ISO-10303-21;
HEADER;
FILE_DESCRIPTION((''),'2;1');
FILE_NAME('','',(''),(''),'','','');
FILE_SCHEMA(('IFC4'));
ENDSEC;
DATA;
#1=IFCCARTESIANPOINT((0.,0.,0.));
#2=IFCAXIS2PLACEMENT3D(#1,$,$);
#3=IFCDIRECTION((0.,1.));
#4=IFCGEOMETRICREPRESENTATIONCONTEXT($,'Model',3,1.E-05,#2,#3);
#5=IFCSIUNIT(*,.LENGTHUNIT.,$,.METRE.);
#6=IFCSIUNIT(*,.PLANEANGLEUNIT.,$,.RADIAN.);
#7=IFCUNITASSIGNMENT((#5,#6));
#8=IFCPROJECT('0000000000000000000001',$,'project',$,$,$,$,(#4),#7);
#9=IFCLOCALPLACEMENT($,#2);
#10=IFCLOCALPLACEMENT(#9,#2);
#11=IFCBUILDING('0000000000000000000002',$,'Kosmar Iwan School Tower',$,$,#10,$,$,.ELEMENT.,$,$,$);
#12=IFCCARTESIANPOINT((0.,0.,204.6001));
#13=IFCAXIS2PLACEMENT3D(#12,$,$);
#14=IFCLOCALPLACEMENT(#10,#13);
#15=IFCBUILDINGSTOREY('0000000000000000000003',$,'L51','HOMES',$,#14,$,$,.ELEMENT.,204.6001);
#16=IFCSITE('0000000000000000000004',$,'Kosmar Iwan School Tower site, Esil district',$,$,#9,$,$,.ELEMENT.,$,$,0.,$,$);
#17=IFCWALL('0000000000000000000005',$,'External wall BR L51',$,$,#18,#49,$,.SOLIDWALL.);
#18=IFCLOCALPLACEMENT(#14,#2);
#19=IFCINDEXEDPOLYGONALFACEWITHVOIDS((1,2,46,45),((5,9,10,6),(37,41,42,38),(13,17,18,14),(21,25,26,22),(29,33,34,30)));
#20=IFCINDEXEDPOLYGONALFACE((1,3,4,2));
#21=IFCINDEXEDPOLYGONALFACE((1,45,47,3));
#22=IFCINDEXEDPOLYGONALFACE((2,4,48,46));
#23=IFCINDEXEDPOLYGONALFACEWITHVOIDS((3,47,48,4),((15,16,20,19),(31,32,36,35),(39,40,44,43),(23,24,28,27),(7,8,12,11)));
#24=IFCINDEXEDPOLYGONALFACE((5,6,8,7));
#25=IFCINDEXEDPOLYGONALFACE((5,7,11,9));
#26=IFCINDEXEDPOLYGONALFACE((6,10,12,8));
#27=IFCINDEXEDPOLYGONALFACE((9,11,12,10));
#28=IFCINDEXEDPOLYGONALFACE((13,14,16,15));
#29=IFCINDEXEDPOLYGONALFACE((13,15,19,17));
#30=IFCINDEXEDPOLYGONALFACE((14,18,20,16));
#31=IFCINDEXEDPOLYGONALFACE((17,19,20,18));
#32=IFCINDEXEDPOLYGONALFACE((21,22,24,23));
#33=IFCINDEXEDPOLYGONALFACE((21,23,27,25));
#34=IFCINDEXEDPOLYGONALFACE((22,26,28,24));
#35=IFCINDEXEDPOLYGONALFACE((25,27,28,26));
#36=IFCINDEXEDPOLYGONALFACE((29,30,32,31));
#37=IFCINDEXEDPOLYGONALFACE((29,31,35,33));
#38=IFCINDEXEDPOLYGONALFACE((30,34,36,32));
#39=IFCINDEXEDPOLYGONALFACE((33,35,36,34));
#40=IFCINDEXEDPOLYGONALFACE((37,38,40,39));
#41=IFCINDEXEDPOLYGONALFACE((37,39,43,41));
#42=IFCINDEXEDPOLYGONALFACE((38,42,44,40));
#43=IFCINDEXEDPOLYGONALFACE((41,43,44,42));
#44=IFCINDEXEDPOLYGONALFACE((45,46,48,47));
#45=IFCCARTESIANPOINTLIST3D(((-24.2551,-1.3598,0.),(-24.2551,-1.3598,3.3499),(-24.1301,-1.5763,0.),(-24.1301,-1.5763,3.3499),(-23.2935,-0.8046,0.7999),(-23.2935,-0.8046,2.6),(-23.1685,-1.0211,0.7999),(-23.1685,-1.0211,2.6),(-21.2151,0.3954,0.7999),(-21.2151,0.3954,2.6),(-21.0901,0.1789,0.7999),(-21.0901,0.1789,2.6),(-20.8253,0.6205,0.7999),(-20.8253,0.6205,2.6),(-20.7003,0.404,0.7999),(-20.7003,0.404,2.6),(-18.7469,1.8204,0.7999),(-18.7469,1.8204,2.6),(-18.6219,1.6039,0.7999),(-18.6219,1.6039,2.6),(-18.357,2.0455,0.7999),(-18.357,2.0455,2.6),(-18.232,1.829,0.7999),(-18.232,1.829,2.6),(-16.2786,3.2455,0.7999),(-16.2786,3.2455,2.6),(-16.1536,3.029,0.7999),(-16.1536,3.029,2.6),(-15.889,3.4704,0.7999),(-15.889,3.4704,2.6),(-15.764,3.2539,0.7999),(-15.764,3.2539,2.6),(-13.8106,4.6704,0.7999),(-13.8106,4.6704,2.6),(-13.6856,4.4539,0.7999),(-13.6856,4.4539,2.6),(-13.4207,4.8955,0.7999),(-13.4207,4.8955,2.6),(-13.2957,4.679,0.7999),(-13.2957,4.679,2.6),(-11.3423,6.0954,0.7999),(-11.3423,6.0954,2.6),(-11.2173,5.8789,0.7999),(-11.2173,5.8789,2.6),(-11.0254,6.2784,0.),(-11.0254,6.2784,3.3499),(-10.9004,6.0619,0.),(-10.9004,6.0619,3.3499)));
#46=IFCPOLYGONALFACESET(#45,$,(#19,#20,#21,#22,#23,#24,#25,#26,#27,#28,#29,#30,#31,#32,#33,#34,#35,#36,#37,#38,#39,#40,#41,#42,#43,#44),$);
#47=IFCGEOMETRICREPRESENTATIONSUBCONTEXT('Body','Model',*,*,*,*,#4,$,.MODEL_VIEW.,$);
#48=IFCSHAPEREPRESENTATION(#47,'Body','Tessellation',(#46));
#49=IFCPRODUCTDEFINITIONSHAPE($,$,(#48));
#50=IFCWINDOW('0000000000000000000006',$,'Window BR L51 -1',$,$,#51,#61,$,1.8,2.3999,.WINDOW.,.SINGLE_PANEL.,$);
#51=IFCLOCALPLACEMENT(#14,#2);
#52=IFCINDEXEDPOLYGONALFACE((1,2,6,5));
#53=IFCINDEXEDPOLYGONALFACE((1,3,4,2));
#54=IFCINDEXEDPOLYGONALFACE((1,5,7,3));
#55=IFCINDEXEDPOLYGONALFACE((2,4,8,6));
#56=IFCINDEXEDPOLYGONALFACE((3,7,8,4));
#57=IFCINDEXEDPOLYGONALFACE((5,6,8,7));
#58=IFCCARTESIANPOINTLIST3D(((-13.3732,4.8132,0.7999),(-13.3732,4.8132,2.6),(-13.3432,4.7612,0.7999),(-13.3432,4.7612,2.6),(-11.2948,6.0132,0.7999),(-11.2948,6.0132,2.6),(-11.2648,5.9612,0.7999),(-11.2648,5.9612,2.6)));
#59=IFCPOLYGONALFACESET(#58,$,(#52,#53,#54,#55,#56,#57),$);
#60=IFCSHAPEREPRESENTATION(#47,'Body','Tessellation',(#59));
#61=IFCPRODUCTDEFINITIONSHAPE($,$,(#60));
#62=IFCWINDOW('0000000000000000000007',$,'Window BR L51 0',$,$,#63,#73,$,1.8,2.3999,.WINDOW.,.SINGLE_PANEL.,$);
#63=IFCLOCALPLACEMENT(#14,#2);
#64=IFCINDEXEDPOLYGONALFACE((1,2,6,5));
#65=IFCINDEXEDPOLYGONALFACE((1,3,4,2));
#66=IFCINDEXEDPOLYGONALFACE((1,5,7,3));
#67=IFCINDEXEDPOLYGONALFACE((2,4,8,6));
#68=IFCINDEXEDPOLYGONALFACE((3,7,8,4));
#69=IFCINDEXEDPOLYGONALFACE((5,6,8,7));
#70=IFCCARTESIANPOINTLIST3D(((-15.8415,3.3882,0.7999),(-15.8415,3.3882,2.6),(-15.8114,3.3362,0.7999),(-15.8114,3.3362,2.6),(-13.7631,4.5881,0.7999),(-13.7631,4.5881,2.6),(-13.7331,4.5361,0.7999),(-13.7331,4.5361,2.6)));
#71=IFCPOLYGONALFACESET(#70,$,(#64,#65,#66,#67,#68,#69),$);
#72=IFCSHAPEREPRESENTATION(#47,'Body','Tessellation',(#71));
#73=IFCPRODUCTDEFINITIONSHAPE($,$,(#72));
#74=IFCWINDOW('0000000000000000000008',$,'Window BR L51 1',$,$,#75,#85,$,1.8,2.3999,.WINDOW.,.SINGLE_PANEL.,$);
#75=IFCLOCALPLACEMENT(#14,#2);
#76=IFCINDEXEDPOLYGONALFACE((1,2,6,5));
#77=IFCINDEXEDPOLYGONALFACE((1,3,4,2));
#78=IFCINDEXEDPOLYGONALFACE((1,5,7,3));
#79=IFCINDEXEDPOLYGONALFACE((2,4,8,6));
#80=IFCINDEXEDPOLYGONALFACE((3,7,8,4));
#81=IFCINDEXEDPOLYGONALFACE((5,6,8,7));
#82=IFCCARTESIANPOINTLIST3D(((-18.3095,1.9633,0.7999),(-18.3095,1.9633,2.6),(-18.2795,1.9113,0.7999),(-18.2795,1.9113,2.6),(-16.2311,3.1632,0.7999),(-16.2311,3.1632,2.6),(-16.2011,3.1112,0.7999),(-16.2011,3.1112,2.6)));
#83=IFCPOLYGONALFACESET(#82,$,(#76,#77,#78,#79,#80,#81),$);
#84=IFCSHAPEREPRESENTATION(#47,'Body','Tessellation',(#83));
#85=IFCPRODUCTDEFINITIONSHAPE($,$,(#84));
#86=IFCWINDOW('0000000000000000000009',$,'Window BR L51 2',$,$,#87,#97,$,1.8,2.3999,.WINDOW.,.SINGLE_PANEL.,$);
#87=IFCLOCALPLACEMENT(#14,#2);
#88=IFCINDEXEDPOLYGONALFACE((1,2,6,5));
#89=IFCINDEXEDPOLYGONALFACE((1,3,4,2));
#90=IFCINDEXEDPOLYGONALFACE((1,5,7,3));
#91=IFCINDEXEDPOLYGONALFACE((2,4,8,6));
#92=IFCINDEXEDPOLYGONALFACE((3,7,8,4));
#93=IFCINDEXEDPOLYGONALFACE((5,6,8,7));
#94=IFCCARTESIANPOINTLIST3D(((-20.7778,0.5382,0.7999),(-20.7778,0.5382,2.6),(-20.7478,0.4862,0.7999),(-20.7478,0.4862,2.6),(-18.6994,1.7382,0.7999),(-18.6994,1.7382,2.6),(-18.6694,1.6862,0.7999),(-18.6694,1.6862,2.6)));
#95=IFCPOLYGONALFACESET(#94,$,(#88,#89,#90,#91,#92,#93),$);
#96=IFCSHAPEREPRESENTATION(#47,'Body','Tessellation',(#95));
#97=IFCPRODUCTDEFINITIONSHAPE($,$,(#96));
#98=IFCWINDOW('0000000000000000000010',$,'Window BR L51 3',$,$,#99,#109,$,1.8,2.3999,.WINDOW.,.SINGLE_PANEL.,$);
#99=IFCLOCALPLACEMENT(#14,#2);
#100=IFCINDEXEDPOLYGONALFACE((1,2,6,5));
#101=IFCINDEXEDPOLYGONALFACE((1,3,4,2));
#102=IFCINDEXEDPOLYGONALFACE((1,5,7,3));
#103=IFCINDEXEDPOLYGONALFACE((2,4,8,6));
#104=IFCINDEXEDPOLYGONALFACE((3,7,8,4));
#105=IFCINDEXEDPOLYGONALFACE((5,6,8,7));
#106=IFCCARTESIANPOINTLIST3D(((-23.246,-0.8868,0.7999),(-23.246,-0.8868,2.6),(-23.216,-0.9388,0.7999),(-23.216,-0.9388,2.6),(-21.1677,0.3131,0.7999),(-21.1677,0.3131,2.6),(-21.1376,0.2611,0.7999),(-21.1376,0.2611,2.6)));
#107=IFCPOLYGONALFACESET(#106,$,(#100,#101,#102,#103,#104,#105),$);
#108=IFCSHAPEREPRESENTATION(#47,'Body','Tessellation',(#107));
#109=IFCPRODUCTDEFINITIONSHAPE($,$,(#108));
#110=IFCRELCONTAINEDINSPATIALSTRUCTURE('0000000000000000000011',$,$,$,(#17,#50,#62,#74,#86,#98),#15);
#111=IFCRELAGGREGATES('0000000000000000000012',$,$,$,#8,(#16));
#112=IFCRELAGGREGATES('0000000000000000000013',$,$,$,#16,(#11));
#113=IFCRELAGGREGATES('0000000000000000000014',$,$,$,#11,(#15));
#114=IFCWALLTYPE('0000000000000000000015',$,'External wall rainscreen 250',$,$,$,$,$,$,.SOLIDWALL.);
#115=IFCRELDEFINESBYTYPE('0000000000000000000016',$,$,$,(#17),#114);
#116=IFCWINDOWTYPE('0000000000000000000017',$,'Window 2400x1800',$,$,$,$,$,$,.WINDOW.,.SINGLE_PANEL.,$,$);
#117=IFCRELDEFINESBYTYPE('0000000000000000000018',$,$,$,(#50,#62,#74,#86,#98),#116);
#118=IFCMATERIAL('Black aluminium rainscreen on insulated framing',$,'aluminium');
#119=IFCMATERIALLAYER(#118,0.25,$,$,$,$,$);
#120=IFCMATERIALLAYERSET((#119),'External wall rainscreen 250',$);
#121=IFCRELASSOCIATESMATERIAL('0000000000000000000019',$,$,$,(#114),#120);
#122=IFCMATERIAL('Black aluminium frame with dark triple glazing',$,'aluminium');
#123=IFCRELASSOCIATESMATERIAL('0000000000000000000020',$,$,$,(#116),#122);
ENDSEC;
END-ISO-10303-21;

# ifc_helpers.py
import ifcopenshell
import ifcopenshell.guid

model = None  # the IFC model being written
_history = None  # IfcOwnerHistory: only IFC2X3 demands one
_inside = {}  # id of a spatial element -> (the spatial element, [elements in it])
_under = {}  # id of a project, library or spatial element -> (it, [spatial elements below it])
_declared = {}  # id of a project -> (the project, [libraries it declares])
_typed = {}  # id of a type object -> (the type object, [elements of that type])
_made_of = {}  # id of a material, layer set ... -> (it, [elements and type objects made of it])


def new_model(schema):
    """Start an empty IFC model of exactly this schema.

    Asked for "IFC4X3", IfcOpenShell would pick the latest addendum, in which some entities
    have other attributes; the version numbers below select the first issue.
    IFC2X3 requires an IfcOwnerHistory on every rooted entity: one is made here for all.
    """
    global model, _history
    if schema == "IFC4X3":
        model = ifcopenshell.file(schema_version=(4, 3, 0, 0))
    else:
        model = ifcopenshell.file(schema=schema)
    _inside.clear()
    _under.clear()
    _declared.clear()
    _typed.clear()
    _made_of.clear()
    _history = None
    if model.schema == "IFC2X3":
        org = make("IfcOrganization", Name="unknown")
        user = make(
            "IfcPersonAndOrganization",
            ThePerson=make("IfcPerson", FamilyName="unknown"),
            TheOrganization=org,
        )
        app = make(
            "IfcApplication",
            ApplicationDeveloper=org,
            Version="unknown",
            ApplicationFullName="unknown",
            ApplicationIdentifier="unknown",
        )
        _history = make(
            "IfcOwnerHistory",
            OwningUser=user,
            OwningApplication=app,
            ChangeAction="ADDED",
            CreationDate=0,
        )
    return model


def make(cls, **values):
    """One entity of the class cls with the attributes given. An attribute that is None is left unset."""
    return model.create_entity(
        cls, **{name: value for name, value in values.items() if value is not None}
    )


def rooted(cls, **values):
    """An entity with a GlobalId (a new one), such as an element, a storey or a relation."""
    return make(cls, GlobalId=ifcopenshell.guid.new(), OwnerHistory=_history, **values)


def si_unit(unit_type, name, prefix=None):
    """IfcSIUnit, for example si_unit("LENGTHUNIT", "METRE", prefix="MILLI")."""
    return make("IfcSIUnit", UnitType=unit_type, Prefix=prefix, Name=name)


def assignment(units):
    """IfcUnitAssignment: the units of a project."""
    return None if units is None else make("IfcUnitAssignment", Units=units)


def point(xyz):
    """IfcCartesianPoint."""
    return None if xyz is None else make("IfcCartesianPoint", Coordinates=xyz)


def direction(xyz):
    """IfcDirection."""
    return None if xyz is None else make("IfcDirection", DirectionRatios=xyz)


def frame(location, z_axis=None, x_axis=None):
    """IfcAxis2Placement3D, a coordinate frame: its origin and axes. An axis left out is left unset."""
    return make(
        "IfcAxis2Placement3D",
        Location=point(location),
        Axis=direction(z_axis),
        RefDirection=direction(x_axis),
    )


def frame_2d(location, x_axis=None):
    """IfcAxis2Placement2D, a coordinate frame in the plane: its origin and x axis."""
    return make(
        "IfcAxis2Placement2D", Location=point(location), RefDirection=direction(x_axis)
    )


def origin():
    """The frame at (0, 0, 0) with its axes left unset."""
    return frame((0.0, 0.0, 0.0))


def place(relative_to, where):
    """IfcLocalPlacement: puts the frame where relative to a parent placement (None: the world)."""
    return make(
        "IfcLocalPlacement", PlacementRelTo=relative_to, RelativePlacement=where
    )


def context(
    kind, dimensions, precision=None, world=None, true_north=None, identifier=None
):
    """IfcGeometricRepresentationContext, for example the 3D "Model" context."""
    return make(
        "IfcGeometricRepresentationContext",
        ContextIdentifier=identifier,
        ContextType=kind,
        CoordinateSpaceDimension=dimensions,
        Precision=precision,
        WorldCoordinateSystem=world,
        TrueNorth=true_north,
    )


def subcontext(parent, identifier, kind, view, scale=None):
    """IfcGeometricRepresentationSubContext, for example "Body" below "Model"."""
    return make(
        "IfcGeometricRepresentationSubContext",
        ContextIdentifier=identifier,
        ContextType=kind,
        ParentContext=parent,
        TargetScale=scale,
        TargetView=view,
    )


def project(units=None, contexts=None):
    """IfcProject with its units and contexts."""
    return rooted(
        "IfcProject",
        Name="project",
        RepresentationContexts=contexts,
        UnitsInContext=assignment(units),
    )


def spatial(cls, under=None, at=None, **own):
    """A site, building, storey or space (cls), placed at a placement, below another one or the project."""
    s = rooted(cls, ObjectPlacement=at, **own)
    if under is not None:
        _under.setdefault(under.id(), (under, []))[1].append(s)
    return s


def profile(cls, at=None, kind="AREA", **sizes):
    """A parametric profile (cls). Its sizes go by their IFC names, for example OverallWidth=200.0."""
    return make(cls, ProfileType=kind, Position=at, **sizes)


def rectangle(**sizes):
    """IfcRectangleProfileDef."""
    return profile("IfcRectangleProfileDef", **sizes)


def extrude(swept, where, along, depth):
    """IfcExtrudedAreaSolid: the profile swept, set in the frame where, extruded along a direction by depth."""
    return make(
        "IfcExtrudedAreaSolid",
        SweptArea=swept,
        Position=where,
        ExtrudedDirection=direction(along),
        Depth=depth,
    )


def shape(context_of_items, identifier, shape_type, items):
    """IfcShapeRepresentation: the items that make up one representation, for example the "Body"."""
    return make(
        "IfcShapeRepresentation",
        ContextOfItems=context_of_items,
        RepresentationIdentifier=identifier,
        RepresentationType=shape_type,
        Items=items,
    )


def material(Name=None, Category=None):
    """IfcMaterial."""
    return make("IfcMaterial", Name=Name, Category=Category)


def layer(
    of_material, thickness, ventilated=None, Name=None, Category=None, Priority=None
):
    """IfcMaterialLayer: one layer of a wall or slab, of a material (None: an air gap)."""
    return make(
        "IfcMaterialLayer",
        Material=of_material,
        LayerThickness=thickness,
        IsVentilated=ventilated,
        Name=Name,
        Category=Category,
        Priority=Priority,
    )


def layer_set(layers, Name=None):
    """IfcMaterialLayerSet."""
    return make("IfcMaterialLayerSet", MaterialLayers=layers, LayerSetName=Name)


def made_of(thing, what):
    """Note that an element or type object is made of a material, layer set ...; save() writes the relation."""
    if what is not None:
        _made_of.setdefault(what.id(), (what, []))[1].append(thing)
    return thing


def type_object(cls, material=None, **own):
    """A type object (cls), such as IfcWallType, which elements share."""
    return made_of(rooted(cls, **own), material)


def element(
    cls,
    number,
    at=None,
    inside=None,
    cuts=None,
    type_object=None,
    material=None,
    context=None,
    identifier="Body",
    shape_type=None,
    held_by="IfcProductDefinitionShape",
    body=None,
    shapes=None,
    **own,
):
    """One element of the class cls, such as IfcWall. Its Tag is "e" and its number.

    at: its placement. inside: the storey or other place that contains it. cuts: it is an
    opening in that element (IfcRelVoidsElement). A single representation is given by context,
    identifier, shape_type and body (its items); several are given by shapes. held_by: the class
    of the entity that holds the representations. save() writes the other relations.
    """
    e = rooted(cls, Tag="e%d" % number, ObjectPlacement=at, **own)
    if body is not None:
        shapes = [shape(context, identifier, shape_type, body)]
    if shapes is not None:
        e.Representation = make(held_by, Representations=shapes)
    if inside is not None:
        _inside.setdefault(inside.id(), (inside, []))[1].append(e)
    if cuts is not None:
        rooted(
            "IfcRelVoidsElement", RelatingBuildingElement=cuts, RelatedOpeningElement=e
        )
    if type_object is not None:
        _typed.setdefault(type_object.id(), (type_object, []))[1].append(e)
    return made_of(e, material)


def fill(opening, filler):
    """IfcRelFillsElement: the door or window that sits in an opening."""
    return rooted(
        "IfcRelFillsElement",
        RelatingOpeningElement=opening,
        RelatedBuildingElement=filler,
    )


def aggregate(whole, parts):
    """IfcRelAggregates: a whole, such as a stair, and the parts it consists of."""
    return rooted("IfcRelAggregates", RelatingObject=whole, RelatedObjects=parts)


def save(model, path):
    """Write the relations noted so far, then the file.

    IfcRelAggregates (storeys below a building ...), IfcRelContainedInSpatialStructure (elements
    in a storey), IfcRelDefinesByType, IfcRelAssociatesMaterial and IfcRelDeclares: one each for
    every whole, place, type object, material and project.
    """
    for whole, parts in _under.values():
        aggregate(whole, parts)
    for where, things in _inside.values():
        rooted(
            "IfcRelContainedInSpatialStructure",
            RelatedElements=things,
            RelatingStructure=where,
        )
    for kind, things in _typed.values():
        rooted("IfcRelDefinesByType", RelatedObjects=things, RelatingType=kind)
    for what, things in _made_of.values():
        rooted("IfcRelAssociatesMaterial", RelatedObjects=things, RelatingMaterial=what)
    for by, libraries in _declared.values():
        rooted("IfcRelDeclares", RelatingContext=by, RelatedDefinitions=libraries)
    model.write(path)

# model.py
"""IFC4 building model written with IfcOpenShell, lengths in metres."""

from ifc_helpers import new_model, si_unit, direction, frame, frame_2d, origin, place, context, subcontext, project, spatial, rectangle, extrude, material, layer, layer_set, type_object, element, fill, save


model = new_model("IFC4")

# Units and contexts
model_context = context("Model", 3, precision=1e-05, world=origin(), true_north=direction((0.0, 1.0)))
body_context = subcontext(model_context, "Body", "Model", "MODEL_VIEW")
ifc_project = project(units=[si_unit("LENGTHUNIT", "METRE"), si_unit("PLANEANGLEUNIT", "RADIAN")], contexts=[model_context])

# Site, building, storey
site_placement = place(None, origin())
site = spatial("IfcSite", under=ifc_project, at=site_placement, Name="Kosmar Iwan School Tower site, Esil district", CompositionType="ELEMENT", RefElevation=0.0)
building_placement = place(site_placement, origin())
building = spatial("IfcBuilding", under=site, at=building_placement, Name="Kosmar Iwan School Tower", CompositionType="ELEMENT")
storey_placement = place(building_placement, frame((0.0, 0.0, 204.6001)))
storey = spatial("IfcBuildingStorey", under=building, at=storey_placement, Name="L51", Description="HOMES", CompositionType="ELEMENT", Elevation=204.6001)

# Wall, openings, windows
ifc_material_1 = material(Name="Black aluminium rainscreen on insulated framing", Category="aluminium")
ifc_layer_1 = layer(ifc_material_1, 0.25)
ifc_layer_set_1 = layer_set([ifc_layer_1], Name="External wall rainscreen 250")
wall_type_1 = type_object("IfcWallType", Name="External wall rainscreen 250", PredefinedType="SOLIDWALL", material=ifc_layer_set_1)
ifc_material_2 = material(Name="Black aluminium frame with dark triple glazing", Category="aluminium")
window_type = type_object("IfcWindowType", Name="Window 2400x1800", PartitioningType="SINGLE_PANEL", PredefinedType="WINDOW", material=ifc_material_2)
wall_1_placement = place(storey_placement, frame((-10.9629, 6.1702, 0.0), z_axis=(0.0, 0.0, 1.0), x_axis=(-0.866026, -0.5, 0.0)))
wall_1 = element("IfcWall", 1, at=wall_1_placement, inside=storey, type_object=wall_type_1, Name="External wall BR L51", PredefinedType="SOLIDWALL", context=body_context, shape_type="SweptSolid", body=[
    extrude(rectangle(XDim=15.2764, YDim=0.25, at=frame_2d((7.6382, 0.0))), origin(), (0.0, 0.0, 1.0), 3.3499),
])
opening_1_placement = place(wall_1_placement, frame((0.366, 0.0, 0.8)))
opening_1 = element("IfcOpeningElement", 2, at=opening_1_placement, cuts=wall_1, PredefinedType="OPENING", context=body_context, shape_type="SweptSolid", body=[
    extrude(rectangle(XDim=2.3999, YDim=1.8, at=frame_2d((1.2, 0.8999))), frame((0.0, 0.137, 0.0), z_axis=(0.0, -1.0, 0.0), x_axis=(1.0, 0.0, 0.0)), (0.0, 0.0, 1.0), 0.2739),
])
opening_2_placement = place(wall_1_placement, frame((3.2161, 0.0, 0.8)))
opening_2 = element("IfcOpeningElement", 3, at=opening_2_placement, cuts=wall_1, PredefinedType="OPENING", context=body_context, shape_type="SweptSolid", body=[
    extrude(rectangle(XDim=2.3999, YDim=1.8, at=frame_2d((1.2, 0.8999))), frame((0.0, 0.137, 0.0), z_axis=(0.0, -1.0, 0.0), x_axis=(1.0, 0.0, 0.0)), (0.0, 0.0, 1.0), 0.2739),
])
opening_3_placement = place(wall_1_placement, frame((6.0659, 0.0, 0.8)))
opening_3 = element("IfcOpeningElement", 4, at=opening_3_placement, cuts=wall_1, PredefinedType="OPENING", context=body_context, shape_type="SweptSolid", body=[
    extrude(rectangle(XDim=2.3999, YDim=1.8, at=frame_2d((1.2, 0.8999))), frame((0.0, 0.137, 0.0), z_axis=(0.0, -1.0, 0.0), x_axis=(1.0, 0.0, 0.0)), (0.0, 0.0, 1.0), 0.2739),
])
opening_4_placement = place(wall_1_placement, frame((8.916, 0.0, 0.8)))
opening_4 = element("IfcOpeningElement", 5, at=opening_4_placement, cuts=wall_1, PredefinedType="OPENING", context=body_context, shape_type="SweptSolid", body=[
    extrude(rectangle(XDim=2.3999, YDim=1.8, at=frame_2d((1.2, 0.8999))), frame((0.0, 0.137, 0.0), z_axis=(0.0, -1.0, 0.0), x_axis=(1.0, 0.0, 0.0)), (0.0, 0.0, 1.0), 0.2739),
])
opening_5_placement = place(wall_1_placement, frame((11.7661, 0.0, 0.8)))
opening_5 = element("IfcOpeningElement", 6, at=opening_5_placement, cuts=wall_1, PredefinedType="OPENING", context=body_context, shape_type="SweptSolid", body=[
    extrude(rectangle(XDim=2.3999, YDim=1.8, at=frame_2d((1.2, 0.8999))), frame((0.0, 0.137, 0.0), z_axis=(0.0, -1.0, 0.0), x_axis=(1.0, 0.0, 0.0)), (0.0, 0.0, 1.0), 0.2739),
])
window_1_placement = place(opening_1_placement, origin())
window_1 = element("IfcWindow", 7, at=window_1_placement, inside=storey, type_object=window_type, Name="Window BR L51 -1", OverallHeight=1.8, OverallWidth=2.3999, PartitioningType="SINGLE_PANEL", PredefinedType="WINDOW", context=body_context, shape_type="SweptSolid", body=[
    extrude(rectangle(XDim=2.3999, YDim=1.8, at=frame_2d((1.2, 0.8999))), frame((0.0, 0.03, 0.0), z_axis=(0.0, -1.0, 0.0), x_axis=(1.0, 0.0, 0.0)), (0.0, 0.0, 1.0), 0.0601),
])
fill(opening_1, window_1)
window_2_placement = place(opening_2_placement, origin())
window_2 = element("IfcWindow", 8, at=window_2_placement, inside=storey, type_object=window_type, Name="Window BR L51 0", OverallHeight=1.8, OverallWidth=2.3999, PartitioningType="SINGLE_PANEL", PredefinedType="WINDOW", context=body_context, shape_type="SweptSolid", body=[
    extrude(rectangle(XDim=2.3999, YDim=1.8, at=frame_2d((1.2, 0.8999))), frame((0.0, 0.03, 0.0), z_axis=(0.0, -1.0, 0.0), x_axis=(1.0, 0.0, 0.0)), (0.0, 0.0, 1.0), 0.0601),
])
fill(opening_2, window_2)
window_3_placement = place(opening_3_placement, origin())
window_3 = element("IfcWindow", 9, at=window_3_placement, inside=storey, type_object=window_type, Name="Window BR L51 1", OverallHeight=1.8, OverallWidth=2.3999, PartitioningType="SINGLE_PANEL", PredefinedType="WINDOW", context=body_context, shape_type="SweptSolid", body=[
    extrude(rectangle(XDim=2.3999, YDim=1.8, at=frame_2d((1.2, 0.8999))), frame((0.0, 0.03, 0.0), z_axis=(0.0, -1.0, 0.0), x_axis=(1.0, 0.0, 0.0)), (0.0, 0.0, 1.0), 0.0601),
])
fill(opening_3, window_3)
window_4_placement = place(opening_4_placement, origin())
window_4 = element("IfcWindow", 10, at=window_4_placement, inside=storey, type_object=window_type, Name="Window BR L51 2", OverallHeight=1.8, OverallWidth=2.3999, PartitioningType="SINGLE_PANEL", PredefinedType="WINDOW", context=body_context, shape_type="SweptSolid", body=[
    extrude(rectangle(XDim=2.3999, YDim=1.8, at=frame_2d((1.2, 0.8999))), frame((0.0, 0.03, 0.0), z_axis=(0.0, -1.0, 0.0), x_axis=(1.0, 0.0, 0.0)), (0.0, 0.0, 1.0), 0.0601),
])
fill(opening_4, window_4)
window_5_placement = place(opening_5_placement, origin())
window_5 = element("IfcWindow", 11, at=window_5_placement, inside=storey, type_object=window_type, Name="Window BR L51 3", OverallHeight=1.8, OverallWidth=2.3999, PartitioningType="SINGLE_PANEL", PredefinedType="WINDOW", context=body_context, shape_type="SweptSolid", body=[
    extrude(rectangle(XDim=2.3999, YDim=1.8, at=frame_2d((1.2, 0.8999))), frame((0.0, 0.03, 0.0), z_axis=(0.0, -1.0, 0.0), x_axis=(1.0, 0.0, 0.0)), (0.0, 0.0, 1.0), 0.0601),
])
fill(opening_5, window_5)

save(model, "model.ifc")
